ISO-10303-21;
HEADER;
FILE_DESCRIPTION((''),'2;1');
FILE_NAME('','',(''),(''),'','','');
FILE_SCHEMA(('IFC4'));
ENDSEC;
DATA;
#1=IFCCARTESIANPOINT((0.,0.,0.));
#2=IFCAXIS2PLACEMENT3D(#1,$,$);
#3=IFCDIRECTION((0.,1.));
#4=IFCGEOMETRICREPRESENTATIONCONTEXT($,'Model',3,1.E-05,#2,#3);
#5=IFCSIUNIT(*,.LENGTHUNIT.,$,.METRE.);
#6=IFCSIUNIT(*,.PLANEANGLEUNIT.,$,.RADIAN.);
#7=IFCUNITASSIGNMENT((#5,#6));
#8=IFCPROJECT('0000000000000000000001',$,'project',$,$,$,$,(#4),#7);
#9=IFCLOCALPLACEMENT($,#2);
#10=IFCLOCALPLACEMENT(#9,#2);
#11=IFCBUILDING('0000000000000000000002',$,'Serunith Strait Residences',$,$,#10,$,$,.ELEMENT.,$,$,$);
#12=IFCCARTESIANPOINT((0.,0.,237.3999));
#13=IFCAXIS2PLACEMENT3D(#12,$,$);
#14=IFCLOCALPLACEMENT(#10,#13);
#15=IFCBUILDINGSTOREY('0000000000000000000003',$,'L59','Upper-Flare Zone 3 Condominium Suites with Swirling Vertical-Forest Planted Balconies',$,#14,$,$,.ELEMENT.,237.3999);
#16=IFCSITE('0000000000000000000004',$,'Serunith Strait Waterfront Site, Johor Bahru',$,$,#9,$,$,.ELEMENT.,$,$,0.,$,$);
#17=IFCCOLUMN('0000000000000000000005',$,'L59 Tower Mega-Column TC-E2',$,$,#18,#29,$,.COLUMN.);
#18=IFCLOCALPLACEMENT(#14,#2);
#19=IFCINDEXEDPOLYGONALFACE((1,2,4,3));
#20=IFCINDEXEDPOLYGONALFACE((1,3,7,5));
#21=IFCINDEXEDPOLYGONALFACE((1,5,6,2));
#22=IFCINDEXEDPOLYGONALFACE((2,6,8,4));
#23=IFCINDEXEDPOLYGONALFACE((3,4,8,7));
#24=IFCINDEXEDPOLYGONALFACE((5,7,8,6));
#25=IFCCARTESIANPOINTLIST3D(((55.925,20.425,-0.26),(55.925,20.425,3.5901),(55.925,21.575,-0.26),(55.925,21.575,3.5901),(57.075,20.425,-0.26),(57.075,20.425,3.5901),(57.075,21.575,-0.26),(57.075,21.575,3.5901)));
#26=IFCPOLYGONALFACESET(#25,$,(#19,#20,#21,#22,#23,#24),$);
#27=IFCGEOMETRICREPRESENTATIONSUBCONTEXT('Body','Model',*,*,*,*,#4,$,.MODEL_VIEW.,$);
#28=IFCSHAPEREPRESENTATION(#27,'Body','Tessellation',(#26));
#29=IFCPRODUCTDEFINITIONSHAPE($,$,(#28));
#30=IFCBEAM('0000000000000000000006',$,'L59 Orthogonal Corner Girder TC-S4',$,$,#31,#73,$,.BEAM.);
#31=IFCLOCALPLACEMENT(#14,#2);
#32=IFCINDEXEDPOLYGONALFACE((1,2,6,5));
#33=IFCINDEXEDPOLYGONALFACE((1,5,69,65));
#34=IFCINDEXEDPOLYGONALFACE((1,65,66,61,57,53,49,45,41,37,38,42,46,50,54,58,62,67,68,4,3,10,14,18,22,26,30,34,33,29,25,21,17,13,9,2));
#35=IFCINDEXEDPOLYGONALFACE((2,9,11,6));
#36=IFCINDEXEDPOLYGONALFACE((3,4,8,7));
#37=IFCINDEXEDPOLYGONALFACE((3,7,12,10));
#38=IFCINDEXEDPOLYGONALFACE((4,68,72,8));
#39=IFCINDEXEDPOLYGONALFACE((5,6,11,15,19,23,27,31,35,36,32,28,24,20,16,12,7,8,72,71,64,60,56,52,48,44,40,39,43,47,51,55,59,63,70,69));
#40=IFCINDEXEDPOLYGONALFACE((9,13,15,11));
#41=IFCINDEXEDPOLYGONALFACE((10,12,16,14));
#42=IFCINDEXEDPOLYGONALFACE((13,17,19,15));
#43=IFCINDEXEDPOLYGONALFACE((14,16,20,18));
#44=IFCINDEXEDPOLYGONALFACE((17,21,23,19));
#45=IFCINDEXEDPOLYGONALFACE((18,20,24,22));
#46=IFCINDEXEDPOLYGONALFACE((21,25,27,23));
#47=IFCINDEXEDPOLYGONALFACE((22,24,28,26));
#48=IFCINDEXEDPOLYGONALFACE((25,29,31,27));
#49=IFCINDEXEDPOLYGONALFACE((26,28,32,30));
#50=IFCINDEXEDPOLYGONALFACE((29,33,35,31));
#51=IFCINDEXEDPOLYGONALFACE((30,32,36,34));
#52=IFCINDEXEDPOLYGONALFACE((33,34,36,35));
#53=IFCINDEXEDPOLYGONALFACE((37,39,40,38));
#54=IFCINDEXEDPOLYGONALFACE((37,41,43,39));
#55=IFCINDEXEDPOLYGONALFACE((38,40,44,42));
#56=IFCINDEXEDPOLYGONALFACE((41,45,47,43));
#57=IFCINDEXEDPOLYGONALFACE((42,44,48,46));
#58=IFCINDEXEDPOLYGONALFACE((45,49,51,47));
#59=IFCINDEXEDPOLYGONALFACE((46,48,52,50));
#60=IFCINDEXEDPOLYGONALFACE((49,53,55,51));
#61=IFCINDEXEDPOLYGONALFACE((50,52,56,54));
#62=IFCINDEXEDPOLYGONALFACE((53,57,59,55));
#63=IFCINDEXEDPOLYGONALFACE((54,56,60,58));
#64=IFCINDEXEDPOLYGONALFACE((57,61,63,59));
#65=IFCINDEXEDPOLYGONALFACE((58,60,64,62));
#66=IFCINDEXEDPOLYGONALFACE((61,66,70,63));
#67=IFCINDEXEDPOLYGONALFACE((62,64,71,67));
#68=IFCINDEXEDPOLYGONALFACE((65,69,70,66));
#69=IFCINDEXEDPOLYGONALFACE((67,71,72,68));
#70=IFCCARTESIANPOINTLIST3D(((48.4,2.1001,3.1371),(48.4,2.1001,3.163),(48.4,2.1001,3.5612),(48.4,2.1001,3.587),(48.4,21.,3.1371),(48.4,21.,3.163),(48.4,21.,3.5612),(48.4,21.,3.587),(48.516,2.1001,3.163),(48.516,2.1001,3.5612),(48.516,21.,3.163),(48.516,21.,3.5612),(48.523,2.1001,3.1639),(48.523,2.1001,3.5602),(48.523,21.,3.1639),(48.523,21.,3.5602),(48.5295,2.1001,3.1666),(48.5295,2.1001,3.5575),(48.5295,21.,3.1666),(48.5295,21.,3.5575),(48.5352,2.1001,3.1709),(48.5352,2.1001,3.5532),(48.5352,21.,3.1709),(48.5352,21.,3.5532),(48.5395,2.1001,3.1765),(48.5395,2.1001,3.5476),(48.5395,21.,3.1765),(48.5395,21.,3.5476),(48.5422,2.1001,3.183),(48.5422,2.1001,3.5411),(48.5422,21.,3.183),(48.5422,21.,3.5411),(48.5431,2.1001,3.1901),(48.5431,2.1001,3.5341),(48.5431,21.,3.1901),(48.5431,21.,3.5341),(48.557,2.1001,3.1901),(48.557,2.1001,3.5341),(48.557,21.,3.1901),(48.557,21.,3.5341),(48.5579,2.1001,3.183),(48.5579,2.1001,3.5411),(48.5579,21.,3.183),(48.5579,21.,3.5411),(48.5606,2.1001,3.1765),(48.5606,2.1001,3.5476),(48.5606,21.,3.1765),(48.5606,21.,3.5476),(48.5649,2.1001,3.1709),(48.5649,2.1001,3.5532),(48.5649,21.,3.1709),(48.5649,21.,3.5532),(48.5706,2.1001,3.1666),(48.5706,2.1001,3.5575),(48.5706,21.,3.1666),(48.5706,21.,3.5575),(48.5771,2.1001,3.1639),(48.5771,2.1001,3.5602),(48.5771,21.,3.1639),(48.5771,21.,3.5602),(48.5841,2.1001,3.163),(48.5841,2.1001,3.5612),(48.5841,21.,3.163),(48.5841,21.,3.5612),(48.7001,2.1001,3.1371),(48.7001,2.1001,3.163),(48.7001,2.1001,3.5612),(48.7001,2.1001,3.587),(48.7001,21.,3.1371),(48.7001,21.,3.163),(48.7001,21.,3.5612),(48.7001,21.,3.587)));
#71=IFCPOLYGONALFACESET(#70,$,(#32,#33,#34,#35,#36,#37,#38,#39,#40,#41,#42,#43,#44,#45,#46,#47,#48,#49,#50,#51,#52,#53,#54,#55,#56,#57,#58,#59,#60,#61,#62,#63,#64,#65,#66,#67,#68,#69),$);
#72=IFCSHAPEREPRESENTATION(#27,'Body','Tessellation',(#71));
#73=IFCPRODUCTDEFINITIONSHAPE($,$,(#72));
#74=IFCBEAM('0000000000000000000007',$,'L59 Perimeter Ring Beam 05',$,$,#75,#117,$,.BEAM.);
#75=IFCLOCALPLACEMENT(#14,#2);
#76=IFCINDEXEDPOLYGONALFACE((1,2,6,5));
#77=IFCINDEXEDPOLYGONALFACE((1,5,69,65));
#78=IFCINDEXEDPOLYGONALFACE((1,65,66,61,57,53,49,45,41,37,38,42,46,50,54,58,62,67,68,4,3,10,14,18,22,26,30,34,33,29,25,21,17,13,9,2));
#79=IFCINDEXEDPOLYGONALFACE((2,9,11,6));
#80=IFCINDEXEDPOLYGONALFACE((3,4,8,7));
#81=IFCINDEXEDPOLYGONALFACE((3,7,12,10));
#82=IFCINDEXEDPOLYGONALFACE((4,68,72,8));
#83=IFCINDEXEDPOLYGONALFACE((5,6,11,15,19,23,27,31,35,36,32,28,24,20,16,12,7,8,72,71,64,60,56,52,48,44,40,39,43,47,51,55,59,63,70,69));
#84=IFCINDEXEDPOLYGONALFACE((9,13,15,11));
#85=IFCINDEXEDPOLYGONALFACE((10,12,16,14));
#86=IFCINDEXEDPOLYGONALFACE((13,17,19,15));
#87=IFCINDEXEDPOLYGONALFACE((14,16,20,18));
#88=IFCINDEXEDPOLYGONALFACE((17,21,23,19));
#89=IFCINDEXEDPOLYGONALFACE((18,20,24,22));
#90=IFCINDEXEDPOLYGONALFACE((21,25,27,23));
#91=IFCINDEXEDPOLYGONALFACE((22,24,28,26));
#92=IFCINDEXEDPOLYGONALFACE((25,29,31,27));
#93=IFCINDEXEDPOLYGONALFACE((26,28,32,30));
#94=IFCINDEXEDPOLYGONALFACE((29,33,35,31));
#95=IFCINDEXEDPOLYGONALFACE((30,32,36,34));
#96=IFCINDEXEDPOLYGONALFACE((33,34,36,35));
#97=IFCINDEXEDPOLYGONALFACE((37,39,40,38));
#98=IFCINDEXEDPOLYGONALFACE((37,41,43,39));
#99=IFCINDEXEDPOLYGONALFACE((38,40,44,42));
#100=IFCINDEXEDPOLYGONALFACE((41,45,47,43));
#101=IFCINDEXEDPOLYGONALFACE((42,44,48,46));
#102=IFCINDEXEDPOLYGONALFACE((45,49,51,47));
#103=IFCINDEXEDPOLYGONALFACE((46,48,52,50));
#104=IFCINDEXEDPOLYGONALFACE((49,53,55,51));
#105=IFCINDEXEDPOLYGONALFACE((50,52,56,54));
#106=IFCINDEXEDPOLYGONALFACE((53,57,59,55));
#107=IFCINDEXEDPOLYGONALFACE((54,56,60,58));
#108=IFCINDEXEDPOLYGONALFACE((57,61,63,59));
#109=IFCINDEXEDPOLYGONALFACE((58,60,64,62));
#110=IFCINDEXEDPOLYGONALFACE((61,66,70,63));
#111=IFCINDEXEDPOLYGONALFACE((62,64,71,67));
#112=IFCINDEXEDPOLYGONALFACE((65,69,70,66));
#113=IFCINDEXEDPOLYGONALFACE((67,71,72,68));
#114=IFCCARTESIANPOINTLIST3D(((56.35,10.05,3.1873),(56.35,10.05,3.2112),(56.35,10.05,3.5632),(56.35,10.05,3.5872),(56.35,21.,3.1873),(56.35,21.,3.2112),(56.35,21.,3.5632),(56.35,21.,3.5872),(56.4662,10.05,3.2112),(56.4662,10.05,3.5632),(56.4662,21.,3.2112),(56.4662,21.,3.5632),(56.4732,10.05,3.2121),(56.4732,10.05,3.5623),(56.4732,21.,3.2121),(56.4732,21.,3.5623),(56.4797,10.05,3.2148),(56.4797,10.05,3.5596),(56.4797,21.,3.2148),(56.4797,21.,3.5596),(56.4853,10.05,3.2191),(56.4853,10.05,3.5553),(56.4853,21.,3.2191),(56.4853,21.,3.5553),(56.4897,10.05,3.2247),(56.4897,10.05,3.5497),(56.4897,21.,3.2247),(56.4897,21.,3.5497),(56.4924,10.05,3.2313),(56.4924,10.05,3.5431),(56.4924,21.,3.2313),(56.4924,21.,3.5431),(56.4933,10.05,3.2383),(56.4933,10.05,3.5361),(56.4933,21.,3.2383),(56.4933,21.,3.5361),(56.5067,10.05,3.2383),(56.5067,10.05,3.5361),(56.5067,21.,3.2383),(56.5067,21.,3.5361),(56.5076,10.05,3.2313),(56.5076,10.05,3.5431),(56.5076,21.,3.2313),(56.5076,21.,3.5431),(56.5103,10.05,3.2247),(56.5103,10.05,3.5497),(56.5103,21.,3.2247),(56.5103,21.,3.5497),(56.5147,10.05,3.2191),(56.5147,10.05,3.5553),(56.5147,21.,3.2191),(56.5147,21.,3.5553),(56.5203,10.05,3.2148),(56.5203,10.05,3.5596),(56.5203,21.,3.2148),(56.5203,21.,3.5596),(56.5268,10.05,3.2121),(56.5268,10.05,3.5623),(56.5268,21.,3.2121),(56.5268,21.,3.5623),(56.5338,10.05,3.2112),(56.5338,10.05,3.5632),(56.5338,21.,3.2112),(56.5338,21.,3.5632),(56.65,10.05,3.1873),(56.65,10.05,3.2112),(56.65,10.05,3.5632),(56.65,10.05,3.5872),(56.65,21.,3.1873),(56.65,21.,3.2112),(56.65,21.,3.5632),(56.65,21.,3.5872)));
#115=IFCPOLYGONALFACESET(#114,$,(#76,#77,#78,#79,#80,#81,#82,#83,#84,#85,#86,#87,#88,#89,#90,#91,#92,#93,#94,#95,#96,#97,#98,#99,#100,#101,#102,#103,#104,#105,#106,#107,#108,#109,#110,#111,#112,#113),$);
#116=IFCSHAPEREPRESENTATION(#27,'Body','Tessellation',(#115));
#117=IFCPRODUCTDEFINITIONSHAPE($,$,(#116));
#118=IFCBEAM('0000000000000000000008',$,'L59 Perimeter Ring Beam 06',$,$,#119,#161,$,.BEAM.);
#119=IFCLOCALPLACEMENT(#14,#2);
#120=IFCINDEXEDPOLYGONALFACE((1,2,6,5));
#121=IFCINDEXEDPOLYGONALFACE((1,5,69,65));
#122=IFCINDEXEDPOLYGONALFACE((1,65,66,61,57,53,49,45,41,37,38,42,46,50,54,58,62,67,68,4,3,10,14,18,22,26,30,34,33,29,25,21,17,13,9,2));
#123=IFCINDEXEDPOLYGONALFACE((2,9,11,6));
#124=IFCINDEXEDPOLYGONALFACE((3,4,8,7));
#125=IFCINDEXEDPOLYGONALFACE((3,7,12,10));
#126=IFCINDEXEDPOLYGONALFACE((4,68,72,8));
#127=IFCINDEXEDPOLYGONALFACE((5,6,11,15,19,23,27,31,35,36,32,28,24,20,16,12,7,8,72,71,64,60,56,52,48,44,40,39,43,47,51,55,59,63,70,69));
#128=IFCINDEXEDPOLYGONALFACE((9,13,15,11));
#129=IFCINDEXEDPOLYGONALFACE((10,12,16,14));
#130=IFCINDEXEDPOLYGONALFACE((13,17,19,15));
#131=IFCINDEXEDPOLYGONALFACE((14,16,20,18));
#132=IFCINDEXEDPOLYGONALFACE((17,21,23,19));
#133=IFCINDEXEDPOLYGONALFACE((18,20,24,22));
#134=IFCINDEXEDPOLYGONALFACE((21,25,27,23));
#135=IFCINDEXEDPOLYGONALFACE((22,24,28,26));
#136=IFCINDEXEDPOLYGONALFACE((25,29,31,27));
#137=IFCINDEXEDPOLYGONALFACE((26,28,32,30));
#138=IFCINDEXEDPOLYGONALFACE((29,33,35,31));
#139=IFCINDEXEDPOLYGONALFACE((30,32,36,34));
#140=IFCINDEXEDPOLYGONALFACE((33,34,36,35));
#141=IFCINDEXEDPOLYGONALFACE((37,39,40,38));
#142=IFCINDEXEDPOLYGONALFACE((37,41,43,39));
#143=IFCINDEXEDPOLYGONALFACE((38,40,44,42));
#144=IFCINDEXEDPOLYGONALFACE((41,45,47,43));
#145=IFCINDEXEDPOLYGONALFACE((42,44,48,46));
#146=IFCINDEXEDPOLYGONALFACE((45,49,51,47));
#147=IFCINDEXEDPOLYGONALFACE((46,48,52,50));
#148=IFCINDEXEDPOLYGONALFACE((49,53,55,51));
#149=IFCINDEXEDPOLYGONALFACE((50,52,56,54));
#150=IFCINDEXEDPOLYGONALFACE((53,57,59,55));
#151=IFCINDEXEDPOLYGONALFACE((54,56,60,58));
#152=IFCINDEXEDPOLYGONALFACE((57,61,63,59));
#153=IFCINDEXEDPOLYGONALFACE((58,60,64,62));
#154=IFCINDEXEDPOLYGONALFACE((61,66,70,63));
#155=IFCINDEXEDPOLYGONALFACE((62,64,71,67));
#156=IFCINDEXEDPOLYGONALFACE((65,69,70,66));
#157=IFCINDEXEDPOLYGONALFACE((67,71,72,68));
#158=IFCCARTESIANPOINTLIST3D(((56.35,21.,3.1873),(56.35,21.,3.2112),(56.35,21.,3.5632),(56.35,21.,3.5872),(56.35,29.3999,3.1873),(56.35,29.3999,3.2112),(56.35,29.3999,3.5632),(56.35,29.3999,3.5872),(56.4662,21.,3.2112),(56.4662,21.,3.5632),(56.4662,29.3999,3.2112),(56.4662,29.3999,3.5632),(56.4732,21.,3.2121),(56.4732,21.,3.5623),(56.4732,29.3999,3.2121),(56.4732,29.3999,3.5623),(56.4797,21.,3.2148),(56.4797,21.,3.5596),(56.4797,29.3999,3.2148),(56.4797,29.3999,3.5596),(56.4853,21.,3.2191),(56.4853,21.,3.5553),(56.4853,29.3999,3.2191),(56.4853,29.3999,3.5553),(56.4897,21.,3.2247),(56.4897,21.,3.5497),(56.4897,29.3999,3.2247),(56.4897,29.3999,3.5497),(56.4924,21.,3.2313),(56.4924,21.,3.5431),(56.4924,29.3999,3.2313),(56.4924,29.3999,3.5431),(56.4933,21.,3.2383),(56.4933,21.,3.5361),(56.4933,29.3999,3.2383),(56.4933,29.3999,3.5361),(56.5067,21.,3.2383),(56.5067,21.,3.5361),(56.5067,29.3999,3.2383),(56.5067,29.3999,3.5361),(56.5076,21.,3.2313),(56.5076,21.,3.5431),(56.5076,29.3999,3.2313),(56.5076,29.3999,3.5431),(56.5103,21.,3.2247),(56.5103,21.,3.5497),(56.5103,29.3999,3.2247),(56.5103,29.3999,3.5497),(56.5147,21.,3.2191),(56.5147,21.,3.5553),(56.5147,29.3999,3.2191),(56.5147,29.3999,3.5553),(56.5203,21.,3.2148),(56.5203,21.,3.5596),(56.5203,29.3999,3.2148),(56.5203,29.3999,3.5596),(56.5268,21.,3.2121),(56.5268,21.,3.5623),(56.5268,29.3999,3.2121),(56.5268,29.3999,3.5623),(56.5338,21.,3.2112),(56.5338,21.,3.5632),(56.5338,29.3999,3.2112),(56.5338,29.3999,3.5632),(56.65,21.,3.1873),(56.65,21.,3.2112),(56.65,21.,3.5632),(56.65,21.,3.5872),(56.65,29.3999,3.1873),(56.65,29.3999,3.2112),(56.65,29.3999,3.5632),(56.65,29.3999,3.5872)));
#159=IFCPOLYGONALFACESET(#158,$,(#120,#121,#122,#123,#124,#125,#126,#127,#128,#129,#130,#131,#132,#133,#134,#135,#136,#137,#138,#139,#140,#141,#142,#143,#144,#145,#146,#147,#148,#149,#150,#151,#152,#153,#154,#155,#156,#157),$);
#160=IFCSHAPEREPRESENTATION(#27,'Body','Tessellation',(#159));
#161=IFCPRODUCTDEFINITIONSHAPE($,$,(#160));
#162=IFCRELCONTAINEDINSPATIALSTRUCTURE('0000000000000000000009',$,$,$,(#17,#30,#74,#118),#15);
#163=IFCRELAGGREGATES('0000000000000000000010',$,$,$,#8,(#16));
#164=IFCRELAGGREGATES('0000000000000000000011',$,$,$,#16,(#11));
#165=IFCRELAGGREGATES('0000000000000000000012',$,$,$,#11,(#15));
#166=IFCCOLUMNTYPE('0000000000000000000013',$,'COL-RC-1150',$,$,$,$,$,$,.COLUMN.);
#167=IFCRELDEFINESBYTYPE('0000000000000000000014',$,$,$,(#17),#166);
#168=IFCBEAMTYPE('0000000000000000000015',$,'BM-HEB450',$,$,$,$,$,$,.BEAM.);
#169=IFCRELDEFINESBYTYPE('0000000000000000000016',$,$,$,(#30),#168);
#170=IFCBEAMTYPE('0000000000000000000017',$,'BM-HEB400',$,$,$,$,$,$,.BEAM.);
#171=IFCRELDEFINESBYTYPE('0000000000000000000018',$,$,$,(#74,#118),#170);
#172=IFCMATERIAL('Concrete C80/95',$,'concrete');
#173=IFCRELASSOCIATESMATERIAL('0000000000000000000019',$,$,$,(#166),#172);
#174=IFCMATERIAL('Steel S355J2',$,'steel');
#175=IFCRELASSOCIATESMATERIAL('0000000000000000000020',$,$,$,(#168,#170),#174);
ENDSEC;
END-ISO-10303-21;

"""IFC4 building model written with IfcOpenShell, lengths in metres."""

from ifc_helpers import new_model, si_unit, direction, frame, origin, origin_2d, place, context, subcontext, project, spatial, rectangle, i_section, extrude, source, transform, mapped, material, material_profile, profile_set, type_object, element, save


model = new_model("IFC4")

# Units and contexts
model_context = context("Model", 3, precision=1e-05, world=origin(), true_north=direction((0.0, 1.0)))
body_context = subcontext(model_context, "Body", "Model", "MODEL_VIEW")
ifc_project = project(units=[si_unit("LENGTHUNIT", "METRE"), si_unit("PLANEANGLEUNIT", "RADIAN")], contexts=[model_context])

# Site, building, storey
site_placement = place(None, origin())
site = spatial("IfcSite", under=ifc_project, at=site_placement, Name="Serunith Strait Waterfront Site, Johor Bahru", CompositionType="ELEMENT", RefElevation=0.0)
building_placement = place(site_placement, origin())
building = spatial("IfcBuilding", under=site, at=building_placement, Name="Serunith Strait Residences", CompositionType="ELEMENT")
storey_placement = place(building_placement, frame((0.0, 0.0, 237.3999)))
storey = spatial("IfcBuildingStorey", under=building, at=storey_placement, Name="L59", Description="Upper-Flare Zone 3 Condominium Suites with Swirling Vertical-Forest Planted Balconies", CompositionType="ELEMENT", Elevation=237.3999)

# Column
ifc_material_1 = material(Name="Concrete C80/95", Category="concrete")
ifc_material_profile_1 = material_profile(ifc_material_1, rectangle(XDim=1.1499, YDim=1.1499, at=origin_2d()), Name="RC 1150x1150")
ifc_profile_set_1 = profile_set([ifc_material_profile_1], Name="Concrete C80/95")
column_type = type_object("IfcColumnType", Name="COL-RC-1150", PredefinedType="COLUMN", material=ifc_profile_set_1)
shared_shape_1 = source(origin(), body_context, "Body", "SweptSolid", [
    extrude(rectangle(XDim=1.1499, YDim=1.1499, at=origin_2d()), origin(), (0.0, 0.0, 1.0), 3.8501),
])
column_placement = place(storey_placement, frame((56.5, 21.0, -0.26), z_axis=(0.0, 0.0, 1.0), x_axis=(1.0, 0.0, 0.0)))
element("IfcColumn", 1, at=column_placement, inside=storey, type_object=column_type, Name="L59 Tower Mega-Column TC-E2", PredefinedType="COLUMN", context=body_context, shape_type="MappedRepresentation", body=[
    mapped(shared_shape_1, transform((0.0, 0.0, 0.0), scale=1.0)),
])

# Beams
ifc_material_2 = material(Name="Steel S355J2", Category="steel")
ifc_material_profile_2 = material_profile(ifc_material_2, i_section(OverallWidth=0.3, OverallDepth=0.45, WebThickness=0.0139, FlangeThickness=0.0259, FilletRadius=0.0271, at=origin_2d()), Name="HEB 450")
ifc_profile_set_2 = profile_set([ifc_material_profile_2], Name="Steel S355J2")
beam_type_1 = type_object("IfcBeamType", Name="BM-HEB450", PredefinedType="BEAM", material=ifc_profile_set_2)
shared_shape_2 = source(origin(), body_context, "Body", "SweptSolid", [
    extrude(i_section(OverallWidth=0.3, OverallDepth=0.45, WebThickness=0.0139, FlangeThickness=0.0259, FilletRadius=0.0271, at=origin_2d()), origin(), (0.0, 0.0, 1.0), 18.8999),
])
beam_1_placement = place(storey_placement, frame((48.55, 21.0, 3.3621), z_axis=(0.0, -1.0, 0.0), x_axis=(1.0, 0.0, 0.0)))
element("IfcBeam", 2, at=beam_1_placement, inside=storey, type_object=beam_type_1, Name="L59 Orthogonal Corner Girder TC-S4", PredefinedType="BEAM", context=body_context, shape_type="MappedRepresentation", body=[
    mapped(shared_shape_2, transform((0.0, 0.0, 0.0), scale=1.0)),
])
ifc_material_profile_3 = material_profile(ifc_material_2, i_section(OverallWidth=0.3, OverallDepth=0.3999, WebThickness=0.0134, FlangeThickness=0.0239, FilletRadius=0.0271, at=origin_2d()), Name="HEB 400")
ifc_profile_set_3 = profile_set([ifc_material_profile_3], Name="Steel S355J2")
beam_type_2 = type_object("IfcBeamType", Name="BM-HEB400", PredefinedType="BEAM", material=ifc_profile_set_3)
shared_shape_3 = source(origin(), body_context, "Body", "SweptSolid", [
    extrude(i_section(OverallWidth=0.3, OverallDepth=0.3999, WebThickness=0.0134, FlangeThickness=0.0239, FilletRadius=0.0271, at=origin_2d()), origin(), (0.0, 0.0, 1.0), 10.95),
])
beam_2_placement = place(storey_placement, frame((56.5, 10.05, 3.3872), z_axis=(0.0, 1.0, 0.0), x_axis=(-1.0, 0.0, 0.0)))
element("IfcBeam", 3, at=beam_2_placement, inside=storey, type_object=beam_type_2, Name="L59 Perimeter Ring Beam 05", PredefinedType="BEAM", context=body_context, shape_type="MappedRepresentation", body=[
    mapped(shared_shape_3, transform((0.0, 0.0, 0.0), scale=1.0)),
])
shared_shape_4 = source(origin(), body_context, "Body", "SweptSolid", [
    extrude(i_section(OverallWidth=0.3, OverallDepth=0.3999, WebThickness=0.0134, FlangeThickness=0.0239, FilletRadius=0.0271, at=origin_2d()), origin(), (0.0, 0.0, 1.0), 8.3999),
])
beam_3_placement = place(storey_placement, frame((56.5, 21.0, 3.3872), z_axis=(0.0, 1.0, 0.0), x_axis=(-1.0, 0.0, 0.0)))
element("IfcBeam", 4, at=beam_3_placement, inside=storey, type_object=beam_type_2, Name="L59 Perimeter Ring Beam 06", PredefinedType="BEAM", context=body_context, shape_type="MappedRepresentation", body=[
    mapped(shared_shape_4, transform((0.0, 0.0, 0.0), scale=1.0)),
])

save(model, "model.ifc")
